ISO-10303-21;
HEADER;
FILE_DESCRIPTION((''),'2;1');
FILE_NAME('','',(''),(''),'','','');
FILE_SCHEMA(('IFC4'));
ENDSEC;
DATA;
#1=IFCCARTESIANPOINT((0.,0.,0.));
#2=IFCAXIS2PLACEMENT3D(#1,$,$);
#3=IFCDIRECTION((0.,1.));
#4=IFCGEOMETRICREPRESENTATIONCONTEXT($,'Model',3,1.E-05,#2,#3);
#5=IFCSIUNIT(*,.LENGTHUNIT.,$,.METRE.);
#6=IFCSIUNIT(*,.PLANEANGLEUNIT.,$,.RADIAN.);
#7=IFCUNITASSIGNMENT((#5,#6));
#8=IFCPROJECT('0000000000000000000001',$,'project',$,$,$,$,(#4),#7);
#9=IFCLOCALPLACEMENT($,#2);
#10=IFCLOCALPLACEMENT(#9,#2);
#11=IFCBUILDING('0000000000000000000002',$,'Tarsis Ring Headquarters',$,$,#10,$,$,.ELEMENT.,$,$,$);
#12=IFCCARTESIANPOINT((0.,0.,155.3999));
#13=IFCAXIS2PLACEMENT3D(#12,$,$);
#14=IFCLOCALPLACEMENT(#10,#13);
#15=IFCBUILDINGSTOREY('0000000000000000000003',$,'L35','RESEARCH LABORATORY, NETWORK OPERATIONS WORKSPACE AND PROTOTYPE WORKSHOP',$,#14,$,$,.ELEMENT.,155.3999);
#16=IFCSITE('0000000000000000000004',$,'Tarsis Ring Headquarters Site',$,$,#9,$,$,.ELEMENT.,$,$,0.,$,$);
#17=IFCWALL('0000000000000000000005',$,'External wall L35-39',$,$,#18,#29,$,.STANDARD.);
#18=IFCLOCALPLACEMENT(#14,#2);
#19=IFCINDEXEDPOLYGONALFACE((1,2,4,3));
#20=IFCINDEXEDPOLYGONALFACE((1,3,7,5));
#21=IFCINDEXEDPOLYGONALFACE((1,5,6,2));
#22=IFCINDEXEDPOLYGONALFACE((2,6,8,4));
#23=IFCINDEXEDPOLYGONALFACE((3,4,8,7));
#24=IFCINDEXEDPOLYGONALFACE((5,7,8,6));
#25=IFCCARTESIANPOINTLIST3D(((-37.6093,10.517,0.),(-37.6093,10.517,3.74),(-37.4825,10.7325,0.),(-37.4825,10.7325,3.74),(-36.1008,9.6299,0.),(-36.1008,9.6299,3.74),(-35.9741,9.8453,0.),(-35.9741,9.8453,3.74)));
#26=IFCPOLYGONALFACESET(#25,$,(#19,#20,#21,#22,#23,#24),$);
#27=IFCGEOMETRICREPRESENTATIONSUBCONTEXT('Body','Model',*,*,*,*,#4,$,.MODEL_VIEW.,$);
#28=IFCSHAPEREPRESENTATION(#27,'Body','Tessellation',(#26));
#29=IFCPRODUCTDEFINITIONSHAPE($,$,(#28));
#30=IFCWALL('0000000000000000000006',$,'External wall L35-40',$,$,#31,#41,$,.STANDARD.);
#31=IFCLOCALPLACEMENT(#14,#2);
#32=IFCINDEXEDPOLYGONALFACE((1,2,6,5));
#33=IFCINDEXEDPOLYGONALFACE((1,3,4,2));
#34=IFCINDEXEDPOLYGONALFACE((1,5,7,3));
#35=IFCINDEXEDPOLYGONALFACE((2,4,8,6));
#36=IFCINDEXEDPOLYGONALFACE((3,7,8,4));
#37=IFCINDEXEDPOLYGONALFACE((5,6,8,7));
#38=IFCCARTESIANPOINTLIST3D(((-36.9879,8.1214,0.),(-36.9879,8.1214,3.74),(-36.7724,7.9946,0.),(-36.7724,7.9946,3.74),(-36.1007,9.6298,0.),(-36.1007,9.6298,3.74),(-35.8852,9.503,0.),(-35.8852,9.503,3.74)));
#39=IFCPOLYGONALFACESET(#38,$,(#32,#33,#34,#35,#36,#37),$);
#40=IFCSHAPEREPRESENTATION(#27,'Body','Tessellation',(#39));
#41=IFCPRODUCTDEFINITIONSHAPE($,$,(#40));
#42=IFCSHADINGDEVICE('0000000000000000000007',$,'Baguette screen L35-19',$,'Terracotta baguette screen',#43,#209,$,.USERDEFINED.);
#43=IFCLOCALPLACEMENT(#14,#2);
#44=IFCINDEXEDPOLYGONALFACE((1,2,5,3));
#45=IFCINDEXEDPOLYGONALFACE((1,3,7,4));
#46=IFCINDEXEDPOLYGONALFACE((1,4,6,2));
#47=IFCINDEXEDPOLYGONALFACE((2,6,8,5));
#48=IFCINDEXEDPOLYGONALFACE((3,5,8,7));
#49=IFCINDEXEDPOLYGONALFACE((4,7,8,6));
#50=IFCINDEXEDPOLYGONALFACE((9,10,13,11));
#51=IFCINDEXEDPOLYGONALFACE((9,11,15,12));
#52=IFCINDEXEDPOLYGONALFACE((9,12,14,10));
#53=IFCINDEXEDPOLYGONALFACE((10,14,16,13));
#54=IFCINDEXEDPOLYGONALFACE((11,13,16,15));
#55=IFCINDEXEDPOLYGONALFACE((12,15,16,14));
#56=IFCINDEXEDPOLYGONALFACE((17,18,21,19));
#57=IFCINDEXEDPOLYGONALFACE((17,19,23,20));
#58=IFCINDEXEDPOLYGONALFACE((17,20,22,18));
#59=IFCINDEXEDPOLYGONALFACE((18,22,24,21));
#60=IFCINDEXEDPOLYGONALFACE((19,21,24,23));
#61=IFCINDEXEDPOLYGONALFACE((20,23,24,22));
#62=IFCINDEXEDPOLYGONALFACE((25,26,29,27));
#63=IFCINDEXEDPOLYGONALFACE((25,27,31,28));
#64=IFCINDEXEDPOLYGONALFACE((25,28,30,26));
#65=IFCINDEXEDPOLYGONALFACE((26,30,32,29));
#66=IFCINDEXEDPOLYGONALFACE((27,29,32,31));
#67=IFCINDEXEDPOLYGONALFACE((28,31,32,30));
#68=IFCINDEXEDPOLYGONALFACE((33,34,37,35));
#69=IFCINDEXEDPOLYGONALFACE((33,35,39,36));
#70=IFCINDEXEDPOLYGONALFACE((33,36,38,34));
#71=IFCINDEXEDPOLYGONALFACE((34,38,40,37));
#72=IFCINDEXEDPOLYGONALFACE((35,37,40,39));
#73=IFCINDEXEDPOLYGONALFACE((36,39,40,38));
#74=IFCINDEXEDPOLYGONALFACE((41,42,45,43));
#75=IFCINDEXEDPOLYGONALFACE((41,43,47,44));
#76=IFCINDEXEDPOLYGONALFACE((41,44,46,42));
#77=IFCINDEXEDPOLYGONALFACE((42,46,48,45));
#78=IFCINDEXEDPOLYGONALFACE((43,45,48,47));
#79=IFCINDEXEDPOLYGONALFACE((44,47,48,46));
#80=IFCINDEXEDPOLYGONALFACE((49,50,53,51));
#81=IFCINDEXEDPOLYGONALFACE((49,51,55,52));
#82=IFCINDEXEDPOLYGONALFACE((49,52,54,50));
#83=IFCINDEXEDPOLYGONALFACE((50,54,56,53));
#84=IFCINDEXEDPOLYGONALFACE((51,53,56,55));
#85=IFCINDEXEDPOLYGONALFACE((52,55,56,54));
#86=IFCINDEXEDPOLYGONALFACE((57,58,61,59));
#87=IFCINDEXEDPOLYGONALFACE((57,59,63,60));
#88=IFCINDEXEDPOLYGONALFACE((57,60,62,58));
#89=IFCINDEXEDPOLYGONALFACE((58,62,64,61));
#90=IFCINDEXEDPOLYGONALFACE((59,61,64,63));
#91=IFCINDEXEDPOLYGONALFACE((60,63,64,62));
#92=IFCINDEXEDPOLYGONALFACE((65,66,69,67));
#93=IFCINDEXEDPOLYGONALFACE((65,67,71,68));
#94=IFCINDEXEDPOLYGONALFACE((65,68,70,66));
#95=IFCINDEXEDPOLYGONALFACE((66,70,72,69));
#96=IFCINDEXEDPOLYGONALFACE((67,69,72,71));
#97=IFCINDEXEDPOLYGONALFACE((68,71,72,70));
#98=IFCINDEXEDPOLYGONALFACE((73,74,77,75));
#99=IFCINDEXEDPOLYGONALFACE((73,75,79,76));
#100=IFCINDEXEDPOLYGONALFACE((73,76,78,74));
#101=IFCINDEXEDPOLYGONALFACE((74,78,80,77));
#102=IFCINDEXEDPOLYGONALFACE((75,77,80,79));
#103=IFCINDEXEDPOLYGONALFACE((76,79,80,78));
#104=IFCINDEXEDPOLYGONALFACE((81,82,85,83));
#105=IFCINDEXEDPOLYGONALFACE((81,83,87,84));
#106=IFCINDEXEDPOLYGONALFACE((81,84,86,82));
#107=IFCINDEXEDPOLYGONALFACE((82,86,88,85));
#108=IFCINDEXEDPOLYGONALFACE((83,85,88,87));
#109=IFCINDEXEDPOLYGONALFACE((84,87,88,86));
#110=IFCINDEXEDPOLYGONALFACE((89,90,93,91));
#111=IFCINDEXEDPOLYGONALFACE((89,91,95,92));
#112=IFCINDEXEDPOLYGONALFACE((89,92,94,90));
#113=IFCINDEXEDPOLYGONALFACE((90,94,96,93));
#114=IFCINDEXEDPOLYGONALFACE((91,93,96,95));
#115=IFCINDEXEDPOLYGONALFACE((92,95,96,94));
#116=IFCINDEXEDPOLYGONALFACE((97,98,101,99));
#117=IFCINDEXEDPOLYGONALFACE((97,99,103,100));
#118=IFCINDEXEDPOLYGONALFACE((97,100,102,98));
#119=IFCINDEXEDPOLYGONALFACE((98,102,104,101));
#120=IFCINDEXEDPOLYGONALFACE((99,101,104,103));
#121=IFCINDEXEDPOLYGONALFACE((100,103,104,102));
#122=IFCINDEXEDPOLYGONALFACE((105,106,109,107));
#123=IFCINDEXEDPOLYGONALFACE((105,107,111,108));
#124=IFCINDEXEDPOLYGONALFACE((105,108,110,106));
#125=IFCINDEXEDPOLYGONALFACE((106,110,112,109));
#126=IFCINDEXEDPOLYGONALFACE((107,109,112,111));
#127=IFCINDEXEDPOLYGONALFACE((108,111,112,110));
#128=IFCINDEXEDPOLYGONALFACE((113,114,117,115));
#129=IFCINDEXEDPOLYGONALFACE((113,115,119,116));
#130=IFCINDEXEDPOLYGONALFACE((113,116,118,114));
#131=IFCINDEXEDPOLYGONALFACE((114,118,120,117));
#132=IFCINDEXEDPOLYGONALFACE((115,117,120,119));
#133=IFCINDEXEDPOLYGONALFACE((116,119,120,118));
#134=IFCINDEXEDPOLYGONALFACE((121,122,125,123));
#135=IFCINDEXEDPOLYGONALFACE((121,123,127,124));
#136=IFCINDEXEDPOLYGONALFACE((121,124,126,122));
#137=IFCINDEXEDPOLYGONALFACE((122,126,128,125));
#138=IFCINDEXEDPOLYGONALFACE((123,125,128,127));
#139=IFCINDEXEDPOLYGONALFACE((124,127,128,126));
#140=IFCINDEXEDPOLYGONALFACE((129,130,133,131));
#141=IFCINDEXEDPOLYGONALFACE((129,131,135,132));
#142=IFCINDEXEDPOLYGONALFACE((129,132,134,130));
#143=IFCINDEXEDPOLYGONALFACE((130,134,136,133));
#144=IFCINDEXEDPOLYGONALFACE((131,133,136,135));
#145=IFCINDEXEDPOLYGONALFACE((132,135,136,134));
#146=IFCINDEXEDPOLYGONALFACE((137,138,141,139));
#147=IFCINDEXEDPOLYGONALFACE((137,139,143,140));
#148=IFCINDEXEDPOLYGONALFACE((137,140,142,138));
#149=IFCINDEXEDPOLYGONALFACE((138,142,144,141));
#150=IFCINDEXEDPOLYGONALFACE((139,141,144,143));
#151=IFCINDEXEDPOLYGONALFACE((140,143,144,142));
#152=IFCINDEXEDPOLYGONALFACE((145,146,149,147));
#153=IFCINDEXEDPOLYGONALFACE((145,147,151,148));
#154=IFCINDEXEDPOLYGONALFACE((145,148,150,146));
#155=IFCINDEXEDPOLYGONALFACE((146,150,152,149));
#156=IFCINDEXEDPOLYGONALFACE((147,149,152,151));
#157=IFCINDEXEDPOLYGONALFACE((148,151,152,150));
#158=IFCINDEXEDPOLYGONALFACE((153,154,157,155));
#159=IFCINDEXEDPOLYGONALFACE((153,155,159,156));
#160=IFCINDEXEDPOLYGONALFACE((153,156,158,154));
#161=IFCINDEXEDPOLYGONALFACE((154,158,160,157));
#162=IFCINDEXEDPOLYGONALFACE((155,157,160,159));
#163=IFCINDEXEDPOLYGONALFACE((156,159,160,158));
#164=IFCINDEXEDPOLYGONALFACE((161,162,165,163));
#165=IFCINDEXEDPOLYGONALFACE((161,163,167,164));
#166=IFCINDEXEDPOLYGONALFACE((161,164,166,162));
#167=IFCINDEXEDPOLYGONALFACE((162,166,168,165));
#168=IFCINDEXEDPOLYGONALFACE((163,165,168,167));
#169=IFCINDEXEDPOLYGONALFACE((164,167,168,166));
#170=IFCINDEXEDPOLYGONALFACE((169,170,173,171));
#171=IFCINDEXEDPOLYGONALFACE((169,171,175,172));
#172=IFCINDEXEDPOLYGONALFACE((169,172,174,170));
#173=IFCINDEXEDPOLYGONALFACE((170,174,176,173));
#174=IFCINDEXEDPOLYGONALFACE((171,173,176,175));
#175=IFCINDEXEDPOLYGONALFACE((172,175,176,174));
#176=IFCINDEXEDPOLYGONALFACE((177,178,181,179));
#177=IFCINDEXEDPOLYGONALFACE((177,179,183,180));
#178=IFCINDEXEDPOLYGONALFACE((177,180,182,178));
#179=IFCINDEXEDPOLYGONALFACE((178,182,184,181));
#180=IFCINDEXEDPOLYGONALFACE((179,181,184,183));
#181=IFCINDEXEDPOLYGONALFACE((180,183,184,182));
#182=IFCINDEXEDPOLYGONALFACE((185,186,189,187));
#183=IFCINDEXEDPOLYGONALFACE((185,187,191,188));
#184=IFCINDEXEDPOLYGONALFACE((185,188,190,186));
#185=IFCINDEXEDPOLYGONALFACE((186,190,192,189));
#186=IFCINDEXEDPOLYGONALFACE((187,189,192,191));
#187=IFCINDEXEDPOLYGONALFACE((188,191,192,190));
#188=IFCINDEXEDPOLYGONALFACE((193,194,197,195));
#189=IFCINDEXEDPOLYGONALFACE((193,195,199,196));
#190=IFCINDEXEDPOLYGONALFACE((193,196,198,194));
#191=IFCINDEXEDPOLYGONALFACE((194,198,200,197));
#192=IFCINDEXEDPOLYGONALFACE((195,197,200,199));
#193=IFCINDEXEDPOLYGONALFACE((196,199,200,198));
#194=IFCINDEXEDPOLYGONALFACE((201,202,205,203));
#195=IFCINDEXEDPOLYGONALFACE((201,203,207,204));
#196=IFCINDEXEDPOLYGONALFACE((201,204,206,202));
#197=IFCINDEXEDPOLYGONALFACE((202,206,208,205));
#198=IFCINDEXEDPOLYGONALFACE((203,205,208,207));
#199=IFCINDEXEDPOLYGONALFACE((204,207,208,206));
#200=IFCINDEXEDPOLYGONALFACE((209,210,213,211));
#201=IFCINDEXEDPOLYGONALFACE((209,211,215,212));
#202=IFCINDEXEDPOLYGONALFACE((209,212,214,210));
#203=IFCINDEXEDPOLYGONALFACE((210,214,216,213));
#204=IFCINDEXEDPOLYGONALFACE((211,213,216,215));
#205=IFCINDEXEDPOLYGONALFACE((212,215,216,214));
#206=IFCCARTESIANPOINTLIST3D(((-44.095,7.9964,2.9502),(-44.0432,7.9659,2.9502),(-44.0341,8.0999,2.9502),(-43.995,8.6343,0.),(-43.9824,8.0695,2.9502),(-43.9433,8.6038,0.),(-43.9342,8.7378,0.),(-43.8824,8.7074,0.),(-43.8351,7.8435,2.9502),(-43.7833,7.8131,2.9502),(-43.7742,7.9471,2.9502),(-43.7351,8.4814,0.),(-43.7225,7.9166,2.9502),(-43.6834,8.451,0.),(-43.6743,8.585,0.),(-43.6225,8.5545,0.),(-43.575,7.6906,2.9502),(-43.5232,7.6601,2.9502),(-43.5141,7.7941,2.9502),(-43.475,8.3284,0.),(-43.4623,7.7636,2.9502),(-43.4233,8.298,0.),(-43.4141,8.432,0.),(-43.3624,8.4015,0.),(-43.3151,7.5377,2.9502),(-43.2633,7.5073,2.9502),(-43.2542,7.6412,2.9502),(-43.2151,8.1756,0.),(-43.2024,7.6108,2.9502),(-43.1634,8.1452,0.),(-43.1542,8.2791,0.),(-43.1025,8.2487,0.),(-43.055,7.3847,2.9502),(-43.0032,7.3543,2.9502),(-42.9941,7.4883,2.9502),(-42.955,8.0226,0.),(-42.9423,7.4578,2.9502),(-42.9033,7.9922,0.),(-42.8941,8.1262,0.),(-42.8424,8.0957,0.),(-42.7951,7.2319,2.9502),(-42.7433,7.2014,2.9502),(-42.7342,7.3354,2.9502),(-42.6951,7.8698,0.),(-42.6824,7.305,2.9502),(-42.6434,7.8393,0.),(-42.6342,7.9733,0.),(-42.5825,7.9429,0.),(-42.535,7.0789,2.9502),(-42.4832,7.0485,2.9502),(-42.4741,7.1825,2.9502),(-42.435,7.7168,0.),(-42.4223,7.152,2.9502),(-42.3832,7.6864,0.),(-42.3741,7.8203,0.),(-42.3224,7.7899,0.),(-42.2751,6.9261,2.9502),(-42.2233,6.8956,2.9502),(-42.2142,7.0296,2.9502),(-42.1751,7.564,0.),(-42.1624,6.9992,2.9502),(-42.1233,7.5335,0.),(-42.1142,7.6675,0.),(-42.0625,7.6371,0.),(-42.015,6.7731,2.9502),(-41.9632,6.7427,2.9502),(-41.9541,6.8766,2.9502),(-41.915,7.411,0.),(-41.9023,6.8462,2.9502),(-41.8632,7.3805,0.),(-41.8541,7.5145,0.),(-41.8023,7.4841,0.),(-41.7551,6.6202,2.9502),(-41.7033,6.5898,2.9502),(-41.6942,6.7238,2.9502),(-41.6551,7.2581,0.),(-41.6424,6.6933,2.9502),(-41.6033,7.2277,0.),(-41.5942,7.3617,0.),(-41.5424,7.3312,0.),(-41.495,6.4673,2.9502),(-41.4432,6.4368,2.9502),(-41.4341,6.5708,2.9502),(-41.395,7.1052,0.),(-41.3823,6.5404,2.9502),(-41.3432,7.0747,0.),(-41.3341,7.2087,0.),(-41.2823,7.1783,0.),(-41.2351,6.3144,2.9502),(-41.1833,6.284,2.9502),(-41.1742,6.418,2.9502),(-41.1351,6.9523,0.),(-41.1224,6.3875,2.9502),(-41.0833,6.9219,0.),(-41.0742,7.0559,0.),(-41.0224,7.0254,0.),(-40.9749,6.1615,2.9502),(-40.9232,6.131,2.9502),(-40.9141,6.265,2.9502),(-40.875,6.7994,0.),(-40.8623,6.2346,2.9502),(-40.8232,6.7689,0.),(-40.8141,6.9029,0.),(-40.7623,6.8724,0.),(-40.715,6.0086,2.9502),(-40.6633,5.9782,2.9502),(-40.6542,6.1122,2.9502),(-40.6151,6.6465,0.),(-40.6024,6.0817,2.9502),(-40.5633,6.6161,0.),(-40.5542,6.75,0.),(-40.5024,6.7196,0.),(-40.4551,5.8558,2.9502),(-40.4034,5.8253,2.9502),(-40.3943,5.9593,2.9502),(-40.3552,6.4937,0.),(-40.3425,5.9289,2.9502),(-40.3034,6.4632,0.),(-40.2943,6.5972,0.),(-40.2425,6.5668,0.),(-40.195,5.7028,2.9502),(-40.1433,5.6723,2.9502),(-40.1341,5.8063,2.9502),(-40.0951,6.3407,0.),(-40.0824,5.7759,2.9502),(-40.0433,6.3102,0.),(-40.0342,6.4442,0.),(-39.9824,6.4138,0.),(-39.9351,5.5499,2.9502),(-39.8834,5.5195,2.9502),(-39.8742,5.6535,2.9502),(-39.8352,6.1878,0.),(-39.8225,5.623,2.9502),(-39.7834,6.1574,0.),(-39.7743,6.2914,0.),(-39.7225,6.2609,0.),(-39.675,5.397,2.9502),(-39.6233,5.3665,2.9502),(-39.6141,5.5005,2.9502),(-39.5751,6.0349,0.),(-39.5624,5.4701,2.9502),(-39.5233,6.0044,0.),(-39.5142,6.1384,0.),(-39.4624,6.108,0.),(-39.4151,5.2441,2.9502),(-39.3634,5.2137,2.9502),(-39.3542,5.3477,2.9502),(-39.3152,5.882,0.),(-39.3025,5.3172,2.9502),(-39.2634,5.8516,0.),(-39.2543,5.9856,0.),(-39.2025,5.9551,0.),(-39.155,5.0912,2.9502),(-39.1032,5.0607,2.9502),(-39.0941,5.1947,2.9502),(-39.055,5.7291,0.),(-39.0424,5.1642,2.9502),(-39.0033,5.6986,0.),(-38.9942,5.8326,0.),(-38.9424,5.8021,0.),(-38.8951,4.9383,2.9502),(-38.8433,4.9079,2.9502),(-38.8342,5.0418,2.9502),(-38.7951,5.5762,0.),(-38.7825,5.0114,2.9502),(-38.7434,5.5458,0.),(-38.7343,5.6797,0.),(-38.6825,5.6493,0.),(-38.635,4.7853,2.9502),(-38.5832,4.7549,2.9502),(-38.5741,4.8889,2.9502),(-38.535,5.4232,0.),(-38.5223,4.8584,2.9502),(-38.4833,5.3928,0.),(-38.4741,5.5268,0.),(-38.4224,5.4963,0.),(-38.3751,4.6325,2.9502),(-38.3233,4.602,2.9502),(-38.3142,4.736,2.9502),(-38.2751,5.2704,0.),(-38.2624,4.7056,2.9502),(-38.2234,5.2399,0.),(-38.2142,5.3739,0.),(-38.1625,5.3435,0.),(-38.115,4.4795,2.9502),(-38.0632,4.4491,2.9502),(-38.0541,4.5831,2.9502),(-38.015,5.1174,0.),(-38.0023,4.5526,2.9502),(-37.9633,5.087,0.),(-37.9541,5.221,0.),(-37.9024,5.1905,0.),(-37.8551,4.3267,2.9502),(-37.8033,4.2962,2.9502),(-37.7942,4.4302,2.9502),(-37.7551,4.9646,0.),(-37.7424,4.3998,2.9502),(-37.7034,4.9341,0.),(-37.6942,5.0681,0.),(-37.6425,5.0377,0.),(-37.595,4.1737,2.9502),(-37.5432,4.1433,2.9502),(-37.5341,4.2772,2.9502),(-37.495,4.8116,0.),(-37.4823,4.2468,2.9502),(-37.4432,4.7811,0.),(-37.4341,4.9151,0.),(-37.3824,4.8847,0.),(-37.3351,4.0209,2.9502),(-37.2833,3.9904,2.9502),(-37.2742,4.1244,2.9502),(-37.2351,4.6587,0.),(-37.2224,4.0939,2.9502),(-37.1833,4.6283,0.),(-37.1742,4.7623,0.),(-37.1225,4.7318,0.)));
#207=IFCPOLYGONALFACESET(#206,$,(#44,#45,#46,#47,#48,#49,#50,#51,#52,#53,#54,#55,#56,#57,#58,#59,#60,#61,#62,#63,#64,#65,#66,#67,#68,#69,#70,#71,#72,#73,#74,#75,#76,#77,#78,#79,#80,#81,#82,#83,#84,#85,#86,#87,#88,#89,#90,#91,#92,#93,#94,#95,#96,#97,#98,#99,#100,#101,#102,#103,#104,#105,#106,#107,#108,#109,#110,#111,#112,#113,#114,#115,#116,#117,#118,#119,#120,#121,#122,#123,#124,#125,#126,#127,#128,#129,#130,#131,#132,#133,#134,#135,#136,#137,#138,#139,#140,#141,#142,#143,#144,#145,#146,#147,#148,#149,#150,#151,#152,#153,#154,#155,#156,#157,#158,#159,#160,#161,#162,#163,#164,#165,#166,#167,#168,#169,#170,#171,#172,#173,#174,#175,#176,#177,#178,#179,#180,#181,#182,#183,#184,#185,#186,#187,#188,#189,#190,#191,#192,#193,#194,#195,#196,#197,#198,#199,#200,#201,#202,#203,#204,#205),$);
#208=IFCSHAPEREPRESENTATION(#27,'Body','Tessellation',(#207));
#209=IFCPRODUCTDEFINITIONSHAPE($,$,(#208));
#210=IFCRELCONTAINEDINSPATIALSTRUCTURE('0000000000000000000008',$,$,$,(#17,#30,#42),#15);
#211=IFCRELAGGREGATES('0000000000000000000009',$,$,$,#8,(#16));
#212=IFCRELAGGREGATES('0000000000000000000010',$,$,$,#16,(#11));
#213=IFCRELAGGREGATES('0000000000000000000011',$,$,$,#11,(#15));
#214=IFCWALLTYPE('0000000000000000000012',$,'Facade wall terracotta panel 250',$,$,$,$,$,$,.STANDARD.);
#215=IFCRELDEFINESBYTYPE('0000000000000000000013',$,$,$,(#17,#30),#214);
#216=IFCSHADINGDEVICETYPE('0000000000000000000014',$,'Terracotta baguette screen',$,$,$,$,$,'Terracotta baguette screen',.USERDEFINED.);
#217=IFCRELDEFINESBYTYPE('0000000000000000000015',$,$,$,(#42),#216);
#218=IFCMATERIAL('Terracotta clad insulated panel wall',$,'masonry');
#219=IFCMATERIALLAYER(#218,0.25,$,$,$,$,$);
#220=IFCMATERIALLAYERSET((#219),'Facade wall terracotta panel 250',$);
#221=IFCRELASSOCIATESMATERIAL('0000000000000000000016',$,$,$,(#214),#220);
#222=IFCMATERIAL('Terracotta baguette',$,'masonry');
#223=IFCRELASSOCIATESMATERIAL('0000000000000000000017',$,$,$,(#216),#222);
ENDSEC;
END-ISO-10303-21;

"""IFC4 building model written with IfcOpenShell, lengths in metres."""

from ifc_helpers import new_model, si_unit, direction, frame, frame_2d, origin, place, context, subcontext, project, spatial, rectangle, composite_profile, extrude, material, layer, layer_set, type_object, element, save


model = new_model("IFC4")

# Units and contexts
model_context = context("Model", 3, precision=1e-05, world=origin(), true_north=direction((0.0, 1.0)))
body_context = subcontext(model_context, "Body", "Model", "MODEL_VIEW")
ifc_project = project(units=[si_unit("LENGTHUNIT", "METRE"), si_unit("PLANEANGLEUNIT", "RADIAN")], contexts=[model_context])

# Site, building, storey
site_placement = place(None, origin())
site = spatial("IfcSite", under=ifc_project, at=site_placement, Name="Tarsis Ring Headquarters Site", CompositionType="ELEMENT", RefElevation=0.0)
building_placement = place(site_placement, origin())
building = spatial("IfcBuilding", under=site, at=building_placement, Name="Tarsis Ring Headquarters", CompositionType="ELEMENT")
storey_placement = place(building_placement, frame((0.0, 0.0, 155.3999)))
storey = spatial("IfcBuildingStorey", under=building, at=storey_placement, Name="L35", Description="RESEARCH LABORATORY, NETWORK OPERATIONS WORKSPACE AND PROTOTYPE WORKSHOP", CompositionType="ELEMENT", Elevation=155.3999)

# Shared definitions
ifc_material_1 = material(Name="Terracotta clad insulated panel wall", Category="masonry")
ifc_layer_1 = layer(ifc_material_1, 0.25)
ifc_layer_set_1 = layer_set([ifc_layer_1], Name="Facade wall terracotta panel 250")
wall_type_1 = type_object("IfcWallType", Name="Facade wall terracotta panel 250", PredefinedType="STANDARD", material=ifc_layer_set_1)

# Walls
for number, where, z_axis, x_axis, name in (
    (1, (-37.5459, 10.6248, 0.0), (0.0, 0.0, 1.0), (0.861977, -0.506947, 0.0), "External wall L35-39"),
    (2, (-35.9929, 9.5664, 0.0), (0.0, 0.0, 1.0), (-0.507008, -0.861941, 0.0), "External wall L35-40"),
):
    element("IfcWall", number, at=place(storey_placement, frame(where, z_axis=z_axis, x_axis=x_axis)), inside=storey, type_object=wall_type_1, Name=name, PredefinedType="STANDARD", context=body_context, shape_type="SweptSolid", body=[
        extrude(rectangle(XDim=1.75, YDim=0.25, at=frame_2d((0.875, 0.0))), origin(), (0.0, 0.0, 1.0), 3.74),
    ])

# Shading device
ifc_material_2 = material(Name="Terracotta baguette", Category="masonry")
shading_device_type_1 = type_object("IfcShadingDeviceType", Name="Terracotta baguette screen", ElementType="Terracotta baguette screen", PredefinedType="USERDEFINED", material=ifc_material_2)
shading_device_1_placement = place(storey_placement, frame((-43.9646, 8.686, 0.0), z_axis=(0.0, 0.0, 1.0), x_axis=(0.861989, -0.506936, 0.0)))
element("IfcShadingDevice", 3, at=shading_device_1_placement, inside=storey, type_object=shading_device_type_1, Name="Baguette screen L35-19", ObjectType="Terracotta baguette screen", PredefinedType="USERDEFINED", context=body_context, shape_type="SweptSolid", body=[
    extrude(composite_profile([rectangle(XDim=0.0601, YDim=0.1201, at=frame_2d((0.03, 0.0))), rectangle(XDim=0.0601, YDim=0.1201, at=frame_2d((0.3315, 0.0))), rectangle(XDim=0.0601, YDim=0.1201, at=frame_2d((0.6333, 0.0))), rectangle(XDim=0.0601, YDim=0.1201, at=frame_2d((0.9348, 0.0))), rectangle(XDim=0.0601, YDim=0.1201, at=frame_2d((1.2366, 0.0))), rectangle(XDim=0.0601, YDim=0.1201, at=frame_2d((1.5381, 0.0))), rectangle(XDim=0.0601, YDim=0.1201, at=frame_2d((1.8398, 0.0))), rectangle(XDim=0.0601, YDim=0.1201, at=frame_2d((2.1414, 0.0))), rectangle(XDim=0.0601, YDim=0.1201, at=frame_2d((2.4431, 0.0))), rectangle(XDim=0.0601, YDim=0.1201, at=frame_2d((2.7446, 0.0))), rectangle(XDim=0.0601, YDim=0.1201, at=frame_2d((3.0464, 0.0))), rectangle(XDim=0.0601, YDim=0.1201, at=frame_2d((3.3479, 0.0))), rectangle(XDim=0.0601, YDim=0.1201, at=frame_2d((3.6497, 0.0))), rectangle(XDim=0.0601, YDim=0.1201, at=frame_2d((3.9512, 0.0))), rectangle(XDim=0.0601, YDim=0.1201, at=frame_2d((4.2527, 0.0))), rectangle(XDim=0.0601, YDim=0.1201, at=frame_2d((4.5544, 0.0))), rectangle(XDim=0.0601, YDim=0.1201, at=frame_2d((4.856, 0.0))), rectangle(XDim=0.0601, YDim=0.1201, at=frame_2d((5.1577, 0.0))), rectangle(XDim=0.0601, YDim=0.1201, at=frame_2d((5.4592, 0.0))), rectangle(XDim=0.0601, YDim=0.1201, at=frame_2d((5.761, 0.0))), rectangle(XDim=0.0601, YDim=0.1201, at=frame_2d((6.0625, 0.0))), rectangle(XDim=0.0601, YDim=0.1201, at=frame_2d((6.3643, 0.0))), rectangle(XDim=0.0601, YDim=0.1201, at=frame_2d((6.6658, 0.0))), rectangle(XDim=0.0601, YDim=0.1201, at=frame_2d((6.9675, 0.0))), rectangle(XDim=0.0601, YDim=0.1201, at=frame_2d((7.269, 0.0))), rectangle(XDim=0.0601, YDim=0.1201, at=frame_2d((7.5708, 0.0))), rectangle(XDim=0.0601, YDim=0.1201, at=frame_2d((7.8723, 0.0)))]), origin(), (0.078542, -0.198851, 0.976877), 3.02),
])

save(model, "model.ifc")
